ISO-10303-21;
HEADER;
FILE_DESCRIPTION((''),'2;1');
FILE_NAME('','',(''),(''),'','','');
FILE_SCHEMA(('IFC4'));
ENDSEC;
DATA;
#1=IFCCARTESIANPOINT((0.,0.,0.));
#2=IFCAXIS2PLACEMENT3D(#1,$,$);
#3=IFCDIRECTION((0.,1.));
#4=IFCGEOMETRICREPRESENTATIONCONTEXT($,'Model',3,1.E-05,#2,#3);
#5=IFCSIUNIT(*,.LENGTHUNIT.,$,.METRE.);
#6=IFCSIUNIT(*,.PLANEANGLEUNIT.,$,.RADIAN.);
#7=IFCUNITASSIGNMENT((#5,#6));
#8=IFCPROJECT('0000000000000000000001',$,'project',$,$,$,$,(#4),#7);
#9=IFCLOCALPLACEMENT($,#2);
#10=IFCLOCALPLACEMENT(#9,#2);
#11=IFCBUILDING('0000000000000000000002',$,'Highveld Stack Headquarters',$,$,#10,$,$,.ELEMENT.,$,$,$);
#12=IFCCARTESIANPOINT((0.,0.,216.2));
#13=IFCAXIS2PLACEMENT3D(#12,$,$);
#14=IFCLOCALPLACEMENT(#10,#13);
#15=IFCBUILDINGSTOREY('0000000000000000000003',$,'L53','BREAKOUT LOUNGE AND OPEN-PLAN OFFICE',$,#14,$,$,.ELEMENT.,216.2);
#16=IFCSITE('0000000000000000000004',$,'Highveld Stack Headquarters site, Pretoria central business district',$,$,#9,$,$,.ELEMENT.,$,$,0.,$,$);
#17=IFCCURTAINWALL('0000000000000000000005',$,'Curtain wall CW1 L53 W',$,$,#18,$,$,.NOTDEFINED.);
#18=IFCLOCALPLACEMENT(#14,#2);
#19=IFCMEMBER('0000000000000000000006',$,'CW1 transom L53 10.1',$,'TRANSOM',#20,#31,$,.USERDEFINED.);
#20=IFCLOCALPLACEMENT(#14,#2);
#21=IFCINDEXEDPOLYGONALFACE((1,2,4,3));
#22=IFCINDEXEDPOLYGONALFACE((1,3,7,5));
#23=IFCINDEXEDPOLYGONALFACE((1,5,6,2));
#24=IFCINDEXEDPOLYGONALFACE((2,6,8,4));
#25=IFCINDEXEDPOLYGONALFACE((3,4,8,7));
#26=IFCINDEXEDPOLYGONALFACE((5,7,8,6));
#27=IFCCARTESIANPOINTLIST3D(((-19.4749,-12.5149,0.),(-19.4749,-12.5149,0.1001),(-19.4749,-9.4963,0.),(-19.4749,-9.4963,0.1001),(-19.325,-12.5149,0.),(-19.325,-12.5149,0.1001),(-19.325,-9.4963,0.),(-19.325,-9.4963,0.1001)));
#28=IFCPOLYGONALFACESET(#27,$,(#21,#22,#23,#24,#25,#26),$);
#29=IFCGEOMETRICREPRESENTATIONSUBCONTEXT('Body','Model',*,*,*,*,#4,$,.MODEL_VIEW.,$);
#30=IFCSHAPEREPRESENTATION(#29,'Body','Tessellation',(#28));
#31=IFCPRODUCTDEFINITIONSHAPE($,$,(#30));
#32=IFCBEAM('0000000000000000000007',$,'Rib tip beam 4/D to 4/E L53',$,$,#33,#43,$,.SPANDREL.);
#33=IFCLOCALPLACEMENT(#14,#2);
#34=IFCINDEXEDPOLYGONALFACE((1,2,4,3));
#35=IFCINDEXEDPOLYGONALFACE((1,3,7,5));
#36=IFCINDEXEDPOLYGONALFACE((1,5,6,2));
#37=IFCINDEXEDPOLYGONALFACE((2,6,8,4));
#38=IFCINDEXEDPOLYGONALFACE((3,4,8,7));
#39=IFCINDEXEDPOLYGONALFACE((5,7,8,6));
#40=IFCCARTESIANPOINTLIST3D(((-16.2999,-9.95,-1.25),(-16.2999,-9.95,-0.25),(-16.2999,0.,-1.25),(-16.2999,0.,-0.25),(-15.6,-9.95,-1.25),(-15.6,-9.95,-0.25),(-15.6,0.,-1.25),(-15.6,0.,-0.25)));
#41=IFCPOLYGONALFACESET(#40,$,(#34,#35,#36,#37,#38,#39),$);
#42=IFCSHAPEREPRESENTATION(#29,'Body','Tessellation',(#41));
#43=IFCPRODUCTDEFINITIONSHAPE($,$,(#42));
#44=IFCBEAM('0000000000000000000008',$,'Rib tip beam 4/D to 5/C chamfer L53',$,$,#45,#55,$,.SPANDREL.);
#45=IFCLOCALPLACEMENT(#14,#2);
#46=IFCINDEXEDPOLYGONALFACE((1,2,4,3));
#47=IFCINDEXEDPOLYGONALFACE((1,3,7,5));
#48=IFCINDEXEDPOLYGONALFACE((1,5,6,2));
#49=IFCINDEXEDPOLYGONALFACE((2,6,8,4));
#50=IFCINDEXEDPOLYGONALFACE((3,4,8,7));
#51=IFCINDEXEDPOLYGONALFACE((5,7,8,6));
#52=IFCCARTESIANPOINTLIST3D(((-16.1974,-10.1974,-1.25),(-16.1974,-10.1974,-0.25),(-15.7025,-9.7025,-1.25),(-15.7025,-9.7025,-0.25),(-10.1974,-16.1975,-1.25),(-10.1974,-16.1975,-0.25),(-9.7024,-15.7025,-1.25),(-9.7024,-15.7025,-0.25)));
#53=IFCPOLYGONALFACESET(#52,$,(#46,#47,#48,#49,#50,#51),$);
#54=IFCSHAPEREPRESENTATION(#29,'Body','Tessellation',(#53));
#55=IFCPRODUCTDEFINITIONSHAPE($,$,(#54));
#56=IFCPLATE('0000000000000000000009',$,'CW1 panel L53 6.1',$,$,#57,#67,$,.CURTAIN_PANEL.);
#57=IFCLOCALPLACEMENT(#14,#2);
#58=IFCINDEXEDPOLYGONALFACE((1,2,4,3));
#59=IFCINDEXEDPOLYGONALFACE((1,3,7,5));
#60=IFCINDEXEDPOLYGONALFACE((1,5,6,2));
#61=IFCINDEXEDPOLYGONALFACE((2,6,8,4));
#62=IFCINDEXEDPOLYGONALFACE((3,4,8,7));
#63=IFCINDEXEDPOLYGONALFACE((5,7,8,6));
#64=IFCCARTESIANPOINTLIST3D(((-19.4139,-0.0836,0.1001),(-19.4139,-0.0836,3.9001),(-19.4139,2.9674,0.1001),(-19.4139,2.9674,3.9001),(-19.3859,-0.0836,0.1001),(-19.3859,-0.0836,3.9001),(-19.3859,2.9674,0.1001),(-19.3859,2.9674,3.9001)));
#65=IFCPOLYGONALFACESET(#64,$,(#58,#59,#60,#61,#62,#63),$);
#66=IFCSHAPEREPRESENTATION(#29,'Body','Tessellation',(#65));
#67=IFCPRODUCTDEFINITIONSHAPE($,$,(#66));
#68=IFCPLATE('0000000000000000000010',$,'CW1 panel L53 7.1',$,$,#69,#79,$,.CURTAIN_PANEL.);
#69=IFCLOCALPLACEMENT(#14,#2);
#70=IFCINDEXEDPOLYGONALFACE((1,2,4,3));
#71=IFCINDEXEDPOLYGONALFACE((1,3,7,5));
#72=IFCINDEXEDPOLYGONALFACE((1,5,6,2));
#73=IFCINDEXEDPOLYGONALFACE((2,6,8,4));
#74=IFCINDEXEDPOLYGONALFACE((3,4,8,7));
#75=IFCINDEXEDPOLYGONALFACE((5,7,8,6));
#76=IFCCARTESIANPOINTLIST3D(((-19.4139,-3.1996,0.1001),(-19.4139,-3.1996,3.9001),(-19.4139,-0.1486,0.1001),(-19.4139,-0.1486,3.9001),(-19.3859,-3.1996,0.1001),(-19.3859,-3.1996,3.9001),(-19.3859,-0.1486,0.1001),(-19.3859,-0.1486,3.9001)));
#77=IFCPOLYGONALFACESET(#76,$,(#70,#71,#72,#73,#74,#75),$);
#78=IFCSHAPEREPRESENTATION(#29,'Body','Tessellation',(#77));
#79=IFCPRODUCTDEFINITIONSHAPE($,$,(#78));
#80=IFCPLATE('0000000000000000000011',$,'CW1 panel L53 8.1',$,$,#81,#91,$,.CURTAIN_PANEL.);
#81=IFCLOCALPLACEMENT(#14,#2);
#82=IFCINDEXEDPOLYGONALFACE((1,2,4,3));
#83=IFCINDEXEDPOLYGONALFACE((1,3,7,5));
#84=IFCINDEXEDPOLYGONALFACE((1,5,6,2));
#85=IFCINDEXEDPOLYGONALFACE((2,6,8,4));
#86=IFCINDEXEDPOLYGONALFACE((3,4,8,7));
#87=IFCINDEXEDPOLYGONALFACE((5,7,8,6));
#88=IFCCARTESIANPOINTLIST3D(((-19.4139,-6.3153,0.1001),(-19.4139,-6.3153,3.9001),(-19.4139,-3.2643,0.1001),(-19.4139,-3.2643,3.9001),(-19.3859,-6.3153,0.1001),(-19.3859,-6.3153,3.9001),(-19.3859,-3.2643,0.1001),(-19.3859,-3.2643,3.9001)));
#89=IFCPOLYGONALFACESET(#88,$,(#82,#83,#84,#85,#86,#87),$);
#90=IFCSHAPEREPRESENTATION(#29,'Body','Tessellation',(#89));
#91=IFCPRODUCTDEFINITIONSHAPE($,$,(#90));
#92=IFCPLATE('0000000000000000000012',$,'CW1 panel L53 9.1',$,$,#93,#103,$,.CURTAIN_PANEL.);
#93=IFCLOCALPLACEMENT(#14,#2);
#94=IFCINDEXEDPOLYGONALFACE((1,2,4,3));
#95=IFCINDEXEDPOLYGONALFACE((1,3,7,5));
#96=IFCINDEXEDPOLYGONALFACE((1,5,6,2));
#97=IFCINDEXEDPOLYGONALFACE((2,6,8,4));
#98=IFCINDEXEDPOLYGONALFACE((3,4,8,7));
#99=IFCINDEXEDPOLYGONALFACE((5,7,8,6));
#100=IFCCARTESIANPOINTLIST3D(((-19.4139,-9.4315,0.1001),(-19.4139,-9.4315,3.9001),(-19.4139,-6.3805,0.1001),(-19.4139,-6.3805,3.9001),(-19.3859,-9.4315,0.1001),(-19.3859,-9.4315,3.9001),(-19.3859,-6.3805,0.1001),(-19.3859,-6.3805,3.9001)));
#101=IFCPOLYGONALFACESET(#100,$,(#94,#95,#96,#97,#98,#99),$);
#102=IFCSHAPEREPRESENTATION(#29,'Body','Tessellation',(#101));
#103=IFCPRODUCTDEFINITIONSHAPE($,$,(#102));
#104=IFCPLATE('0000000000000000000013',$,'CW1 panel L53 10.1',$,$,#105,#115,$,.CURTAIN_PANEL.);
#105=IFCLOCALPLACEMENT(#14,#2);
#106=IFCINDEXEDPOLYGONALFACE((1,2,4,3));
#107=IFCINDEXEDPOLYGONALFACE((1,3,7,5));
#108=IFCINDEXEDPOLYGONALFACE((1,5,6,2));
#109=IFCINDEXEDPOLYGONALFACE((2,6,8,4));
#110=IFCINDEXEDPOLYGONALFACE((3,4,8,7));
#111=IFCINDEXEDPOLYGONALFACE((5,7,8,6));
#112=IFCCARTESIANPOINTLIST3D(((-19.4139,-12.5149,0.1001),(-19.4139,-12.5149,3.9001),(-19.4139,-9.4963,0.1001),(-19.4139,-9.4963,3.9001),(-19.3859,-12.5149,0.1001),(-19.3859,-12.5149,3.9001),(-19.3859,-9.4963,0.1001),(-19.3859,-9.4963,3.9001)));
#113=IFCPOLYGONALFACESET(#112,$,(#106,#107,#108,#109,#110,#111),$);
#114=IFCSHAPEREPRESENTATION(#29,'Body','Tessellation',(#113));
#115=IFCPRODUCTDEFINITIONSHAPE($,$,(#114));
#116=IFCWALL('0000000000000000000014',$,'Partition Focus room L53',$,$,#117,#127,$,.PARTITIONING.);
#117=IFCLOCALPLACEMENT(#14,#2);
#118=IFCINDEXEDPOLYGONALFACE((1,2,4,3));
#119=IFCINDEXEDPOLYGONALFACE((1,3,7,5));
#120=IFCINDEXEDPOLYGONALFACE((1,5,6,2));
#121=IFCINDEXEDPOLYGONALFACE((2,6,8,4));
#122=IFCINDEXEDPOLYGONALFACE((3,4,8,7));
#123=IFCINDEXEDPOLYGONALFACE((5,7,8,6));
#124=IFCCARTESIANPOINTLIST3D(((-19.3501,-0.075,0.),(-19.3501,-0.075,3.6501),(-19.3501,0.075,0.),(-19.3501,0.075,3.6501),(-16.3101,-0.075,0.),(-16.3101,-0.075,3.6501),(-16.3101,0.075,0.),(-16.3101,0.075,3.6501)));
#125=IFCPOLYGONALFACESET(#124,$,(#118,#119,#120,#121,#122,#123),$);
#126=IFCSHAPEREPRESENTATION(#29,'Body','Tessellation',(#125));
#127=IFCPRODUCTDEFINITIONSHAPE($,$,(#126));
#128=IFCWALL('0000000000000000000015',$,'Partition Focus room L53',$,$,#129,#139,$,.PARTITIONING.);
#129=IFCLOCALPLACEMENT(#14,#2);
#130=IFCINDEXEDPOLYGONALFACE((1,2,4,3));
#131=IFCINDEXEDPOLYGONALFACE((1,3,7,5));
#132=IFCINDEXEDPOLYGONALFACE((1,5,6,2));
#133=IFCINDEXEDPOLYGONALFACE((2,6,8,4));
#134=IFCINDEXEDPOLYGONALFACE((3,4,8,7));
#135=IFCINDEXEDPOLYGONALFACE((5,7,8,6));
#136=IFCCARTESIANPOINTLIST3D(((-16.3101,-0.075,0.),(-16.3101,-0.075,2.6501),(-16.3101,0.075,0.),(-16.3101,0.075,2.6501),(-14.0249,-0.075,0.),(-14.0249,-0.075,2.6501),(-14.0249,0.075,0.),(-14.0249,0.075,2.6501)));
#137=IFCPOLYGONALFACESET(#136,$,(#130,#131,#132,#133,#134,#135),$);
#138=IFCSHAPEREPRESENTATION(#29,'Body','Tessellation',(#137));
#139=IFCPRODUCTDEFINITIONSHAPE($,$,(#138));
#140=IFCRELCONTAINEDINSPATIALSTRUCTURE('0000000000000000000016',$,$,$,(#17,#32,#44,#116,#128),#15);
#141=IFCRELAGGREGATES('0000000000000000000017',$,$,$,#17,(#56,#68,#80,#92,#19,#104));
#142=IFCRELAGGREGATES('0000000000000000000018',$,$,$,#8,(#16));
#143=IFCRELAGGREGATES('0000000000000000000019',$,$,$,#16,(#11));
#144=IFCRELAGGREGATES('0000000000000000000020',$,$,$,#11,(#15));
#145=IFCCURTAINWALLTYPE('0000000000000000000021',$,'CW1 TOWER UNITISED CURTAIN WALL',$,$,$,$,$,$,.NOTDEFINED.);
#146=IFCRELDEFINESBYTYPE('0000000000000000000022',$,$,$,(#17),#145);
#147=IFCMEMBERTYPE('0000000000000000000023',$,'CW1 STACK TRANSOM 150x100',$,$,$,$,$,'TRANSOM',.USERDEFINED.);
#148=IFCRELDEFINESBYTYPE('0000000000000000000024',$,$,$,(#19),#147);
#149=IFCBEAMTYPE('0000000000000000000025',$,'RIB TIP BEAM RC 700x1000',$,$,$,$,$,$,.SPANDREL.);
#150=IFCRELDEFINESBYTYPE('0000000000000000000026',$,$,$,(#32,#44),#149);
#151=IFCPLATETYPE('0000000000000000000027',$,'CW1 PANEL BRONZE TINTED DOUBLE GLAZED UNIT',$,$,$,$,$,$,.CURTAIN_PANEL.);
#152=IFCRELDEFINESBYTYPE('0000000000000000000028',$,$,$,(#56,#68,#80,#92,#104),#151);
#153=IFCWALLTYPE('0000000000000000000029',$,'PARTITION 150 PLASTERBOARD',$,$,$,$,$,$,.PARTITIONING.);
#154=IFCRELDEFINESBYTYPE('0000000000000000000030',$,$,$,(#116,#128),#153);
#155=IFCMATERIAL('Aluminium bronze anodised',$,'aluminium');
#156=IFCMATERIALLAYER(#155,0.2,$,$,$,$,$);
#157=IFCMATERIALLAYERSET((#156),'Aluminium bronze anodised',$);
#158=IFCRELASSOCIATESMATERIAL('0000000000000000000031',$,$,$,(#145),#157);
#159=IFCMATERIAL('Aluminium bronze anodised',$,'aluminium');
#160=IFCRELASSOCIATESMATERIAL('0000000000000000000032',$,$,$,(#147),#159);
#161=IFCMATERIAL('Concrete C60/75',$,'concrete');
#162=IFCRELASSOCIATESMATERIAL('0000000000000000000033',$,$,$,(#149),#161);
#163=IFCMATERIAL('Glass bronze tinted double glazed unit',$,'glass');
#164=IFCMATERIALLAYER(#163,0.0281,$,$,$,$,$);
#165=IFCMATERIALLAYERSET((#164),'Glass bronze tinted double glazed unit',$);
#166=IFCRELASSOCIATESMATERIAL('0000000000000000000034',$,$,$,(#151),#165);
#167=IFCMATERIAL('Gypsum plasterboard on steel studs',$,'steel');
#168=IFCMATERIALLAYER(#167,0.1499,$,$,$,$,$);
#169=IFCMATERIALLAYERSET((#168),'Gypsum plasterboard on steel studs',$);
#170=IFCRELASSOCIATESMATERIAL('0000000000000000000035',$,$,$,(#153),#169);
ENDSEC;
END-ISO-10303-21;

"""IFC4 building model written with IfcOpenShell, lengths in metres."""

from ifc_helpers import new_model, si_unit, direction, frame, frame_2d, origin, origin_2d, place, context, subcontext, project, spatial, rectangle, extrude, material, layer, layer_set, material_profile, profile_set, type_object, element, aggregate, save


model = new_model("IFC4")

# Units and contexts
model_context = context("Model", 3, precision=1e-05, world=origin(), true_north=direction((0.0, 1.0)))
body_context = subcontext(model_context, "Body", "Model", "MODEL_VIEW")
ifc_project = project(units=[si_unit("LENGTHUNIT", "METRE"), si_unit("PLANEANGLEUNIT", "RADIAN")], contexts=[model_context])

# Site, building, storey
site_placement = place(None, origin())
site = spatial("IfcSite", under=ifc_project, at=site_placement, Name="Highveld Stack Headquarters site, Pretoria central business district", CompositionType="ELEMENT", RefElevation=0.0)
building_placement = place(site_placement, origin())
building = spatial("IfcBuilding", under=site, at=building_placement, Name="Highveld Stack Headquarters", CompositionType="ELEMENT")
storey_placement = place(building_placement, frame((0.0, 0.0, 216.2)))
storey = spatial("IfcBuildingStorey", under=building, at=storey_placement, Name="L53", Description="BREAKOUT LOUNGE AND OPEN-PLAN OFFICE", CompositionType="ELEMENT", Elevation=216.2)

# Curtain wall, member
ifc_material_1 = material(Name="Aluminium bronze anodised", Category="aluminium")
ifc_layer_1 = layer(ifc_material_1, 0.2)
ifc_layer_set_1 = layer_set([ifc_layer_1], Name="Aluminium bronze anodised")
curtain_wall_type = type_object("IfcCurtainWallType", Name="CW1 TOWER UNITISED CURTAIN WALL", PredefinedType="NOTDEFINED", material=ifc_layer_set_1)
curtain_wall_placement = place(storey_placement, origin())
curtain_wall = element("IfcCurtainWall", 1, at=curtain_wall_placement, inside=storey, type_object=curtain_wall_type, Name="Curtain wall CW1 L53 W", PredefinedType="NOTDEFINED")
ifc_material_2 = material(Name="Aluminium bronze anodised", Category="aluminium")
ifc_material_profile_1 = material_profile(ifc_material_2, rectangle(XDim=0.1499, YDim=0.1001, at=origin_2d()), Name="CW1 TRANSOM 150x100")
ifc_profile_set_1 = profile_set([ifc_material_profile_1], Name="Aluminium bronze anodised")
member_type_1 = type_object("IfcMemberType", Name="CW1 STACK TRANSOM 150x100", ElementType="TRANSOM", PredefinedType="USERDEFINED", material=ifc_profile_set_1)
member_1_placement = place(storey_placement, frame((-19.3999, -9.4963, 0.05), z_axis=(0.0, -1.0, 0.0), x_axis=(1.0, 0.0, 0.0)))
member_1 = element("IfcMember", 2, at=member_1_placement, type_object=member_type_1, Name="CW1 transom L53 10.1", ObjectType="TRANSOM", PredefinedType="USERDEFINED", context=body_context, shape_type="SweptSolid", body=[
    extrude(rectangle(XDim=0.1499, YDim=0.1001, at=origin_2d()), origin(), (0.0, 0.0, 1.0), 3.0186),
])

# Beams
ifc_material_3 = material(Name="Concrete C60/75", Category="concrete")
ifc_material_profile_2 = material_profile(ifc_material_3, rectangle(XDim=0.7, YDim=1.0, at=origin_2d()), Name="RC 700x1000")
ifc_profile_set_2 = profile_set([ifc_material_profile_2], Name="Concrete C60/75")
beam_type = type_object("IfcBeamType", Name="RIB TIP BEAM RC 700x1000", PredefinedType="SPANDREL", material=ifc_profile_set_2)
beam_1_placement = place(storey_placement, frame((-15.95, -9.95, -0.75), z_axis=(0.0, 1.0, 0.0), x_axis=(-1.0, 0.0, 0.0)))
element("IfcBeam", 3, at=beam_1_placement, inside=storey, type_object=beam_type, Name="Rib tip beam 4/D to 4/E L53", PredefinedType="SPANDREL", context=body_context, shape_type="SweptSolid", body=[
    extrude(rectangle(XDim=0.7, YDim=1.0, at=origin_2d()), origin(), (0.0, 0.0, 1.0), 9.95),
])
beam_2_placement = place(storey_placement, frame((-15.95, -9.95, -0.75), z_axis=(0.707107, -0.707107, 0.0), x_axis=(0.707107, 0.707107, 0.0)))
element("IfcBeam", 4, at=beam_2_placement, inside=storey, type_object=beam_type, Name="Rib tip beam 4/D to 5/C chamfer L53", PredefinedType="SPANDREL", context=body_context, shape_type="SweptSolid", body=[
    extrude(rectangle(XDim=0.7, YDim=1.0, at=origin_2d()), origin(), (0.0, 0.0, 1.0), 8.4854),
])

# Plates
ifc_material_4 = material(Name="Glass bronze tinted double glazed unit", Category="glass")
ifc_layer_2 = layer(ifc_material_4, 0.0281)
ifc_layer_set_2 = layer_set([ifc_layer_2], Name="Glass bronze tinted double glazed unit")
plate_type = type_object("IfcPlateType", Name="CW1 PANEL BRONZE TINTED DOUBLE GLAZED UNIT", PredefinedType="CURTAIN_PANEL", material=ifc_layer_set_2)
plate_1_placement = place(storey_placement, frame((-19.3999, 1.4419, 0.1001), z_axis=(0.0, 0.0, 1.0), x_axis=(0.0, -1.0, 0.0)))
plate_1 = element("IfcPlate", 5, at=plate_1_placement, type_object=plate_type, Name="CW1 panel L53 6.1", PredefinedType="CURTAIN_PANEL", context=body_context, shape_type="SweptSolid", body=[
    extrude(rectangle(XDim=3.051, YDim=0.0281, at=origin_2d()), origin(), (0.0, 0.0, 1.0), 3.8),
])
plate_2_placement = place(storey_placement, frame((-19.3999, -1.6741, 0.1001), z_axis=(0.0, 0.0, 1.0), x_axis=(0.0, -1.0, 0.0)))
plate_2 = element("IfcPlate", 6, at=plate_2_placement, type_object=plate_type, Name="CW1 panel L53 7.1", PredefinedType="CURTAIN_PANEL", context=body_context, shape_type="SweptSolid", body=[
    extrude(rectangle(XDim=3.051, YDim=0.0281, at=origin_2d()), origin(), (0.0, 0.0, 1.0), 3.8),
])
plate_3_placement = place(storey_placement, frame((-19.3999, -4.7898, 0.1001), z_axis=(0.0, 0.0, 1.0), x_axis=(0.0, -1.0, 0.0)))
plate_3 = element("IfcPlate", 7, at=plate_3_placement, type_object=plate_type, Name="CW1 panel L53 8.1", PredefinedType="CURTAIN_PANEL", context=body_context, shape_type="SweptSolid", body=[
    extrude(rectangle(XDim=3.051, YDim=0.0281, at=origin_2d()), origin(), (0.0, 0.0, 1.0), 3.8),
])
plate_4_placement = place(storey_placement, frame((-19.3999, -7.906, 0.1001), z_axis=(0.0, 0.0, 1.0), x_axis=(0.0, -1.0, 0.0)))
plate_4 = element("IfcPlate", 8, at=plate_4_placement, type_object=plate_type, Name="CW1 panel L53 9.1", PredefinedType="CURTAIN_PANEL", context=body_context, shape_type="SweptSolid", body=[
    extrude(rectangle(XDim=3.051, YDim=0.0281, at=origin_2d()), origin(), (0.0, 0.0, 1.0), 3.8),
])
plate_5_placement = place(storey_placement, frame((-19.3999, -11.0056, 0.1001), z_axis=(0.0, 0.0, 1.0), x_axis=(0.0, -1.0, 0.0)))
plate_5 = element("IfcPlate", 9, at=plate_5_placement, type_object=plate_type, Name="CW1 panel L53 10.1", PredefinedType="CURTAIN_PANEL", context=body_context, shape_type="SweptSolid", body=[
    extrude(rectangle(XDim=3.0186, YDim=0.0281, at=origin_2d()), origin(), (0.0, 0.0, 1.0), 3.8),
])
aggregate(curtain_wall, [plate_1, plate_2, plate_3, plate_4, member_1, plate_5])

# Walls
ifc_material_5 = material(Name="Gypsum plasterboard on steel studs", Category="steel")
ifc_layer_3 = layer(ifc_material_5, 0.1499)
ifc_layer_set_3 = layer_set([ifc_layer_3], Name="Gypsum plasterboard on steel studs")
wall_type = type_object("IfcWallType", Name="PARTITION 150 PLASTERBOARD", PredefinedType="PARTITIONING", material=ifc_layer_set_3)
wall_1_placement = place(storey_placement, frame((-19.3501, 0.0, 0.0), z_axis=(0.0, 0.0, 1.0), x_axis=(1.0, 0.0, 0.0)))
element("IfcWall", 10, at=wall_1_placement, inside=storey, type_object=wall_type, Name="Partition Focus room L53", PredefinedType="PARTITIONING", context=body_context, shape_type="SweptSolid", body=[
    extrude(rectangle(XDim=3.04, YDim=0.1499, at=frame_2d((1.52, 0.0))), origin(), (0.0, 0.0, 1.0), 3.6501),
])
wall_2_placement = place(storey_placement, frame((-16.3101, 0.0, 0.0), z_axis=(0.0, 0.0, 1.0), x_axis=(1.0, 0.0, 0.0)))
element("IfcWall", 11, at=wall_2_placement, inside=storey, type_object=wall_type, Name="Partition Focus room L53", PredefinedType="PARTITIONING", context=body_context, shape_type="SweptSolid", body=[
    extrude(rectangle(XDim=2.2852, YDim=0.1499, at=frame_2d((1.1426, 0.0))), origin(), (0.0, 0.0, 1.0), 2.6501),
])

save(model, "model.ifc")
